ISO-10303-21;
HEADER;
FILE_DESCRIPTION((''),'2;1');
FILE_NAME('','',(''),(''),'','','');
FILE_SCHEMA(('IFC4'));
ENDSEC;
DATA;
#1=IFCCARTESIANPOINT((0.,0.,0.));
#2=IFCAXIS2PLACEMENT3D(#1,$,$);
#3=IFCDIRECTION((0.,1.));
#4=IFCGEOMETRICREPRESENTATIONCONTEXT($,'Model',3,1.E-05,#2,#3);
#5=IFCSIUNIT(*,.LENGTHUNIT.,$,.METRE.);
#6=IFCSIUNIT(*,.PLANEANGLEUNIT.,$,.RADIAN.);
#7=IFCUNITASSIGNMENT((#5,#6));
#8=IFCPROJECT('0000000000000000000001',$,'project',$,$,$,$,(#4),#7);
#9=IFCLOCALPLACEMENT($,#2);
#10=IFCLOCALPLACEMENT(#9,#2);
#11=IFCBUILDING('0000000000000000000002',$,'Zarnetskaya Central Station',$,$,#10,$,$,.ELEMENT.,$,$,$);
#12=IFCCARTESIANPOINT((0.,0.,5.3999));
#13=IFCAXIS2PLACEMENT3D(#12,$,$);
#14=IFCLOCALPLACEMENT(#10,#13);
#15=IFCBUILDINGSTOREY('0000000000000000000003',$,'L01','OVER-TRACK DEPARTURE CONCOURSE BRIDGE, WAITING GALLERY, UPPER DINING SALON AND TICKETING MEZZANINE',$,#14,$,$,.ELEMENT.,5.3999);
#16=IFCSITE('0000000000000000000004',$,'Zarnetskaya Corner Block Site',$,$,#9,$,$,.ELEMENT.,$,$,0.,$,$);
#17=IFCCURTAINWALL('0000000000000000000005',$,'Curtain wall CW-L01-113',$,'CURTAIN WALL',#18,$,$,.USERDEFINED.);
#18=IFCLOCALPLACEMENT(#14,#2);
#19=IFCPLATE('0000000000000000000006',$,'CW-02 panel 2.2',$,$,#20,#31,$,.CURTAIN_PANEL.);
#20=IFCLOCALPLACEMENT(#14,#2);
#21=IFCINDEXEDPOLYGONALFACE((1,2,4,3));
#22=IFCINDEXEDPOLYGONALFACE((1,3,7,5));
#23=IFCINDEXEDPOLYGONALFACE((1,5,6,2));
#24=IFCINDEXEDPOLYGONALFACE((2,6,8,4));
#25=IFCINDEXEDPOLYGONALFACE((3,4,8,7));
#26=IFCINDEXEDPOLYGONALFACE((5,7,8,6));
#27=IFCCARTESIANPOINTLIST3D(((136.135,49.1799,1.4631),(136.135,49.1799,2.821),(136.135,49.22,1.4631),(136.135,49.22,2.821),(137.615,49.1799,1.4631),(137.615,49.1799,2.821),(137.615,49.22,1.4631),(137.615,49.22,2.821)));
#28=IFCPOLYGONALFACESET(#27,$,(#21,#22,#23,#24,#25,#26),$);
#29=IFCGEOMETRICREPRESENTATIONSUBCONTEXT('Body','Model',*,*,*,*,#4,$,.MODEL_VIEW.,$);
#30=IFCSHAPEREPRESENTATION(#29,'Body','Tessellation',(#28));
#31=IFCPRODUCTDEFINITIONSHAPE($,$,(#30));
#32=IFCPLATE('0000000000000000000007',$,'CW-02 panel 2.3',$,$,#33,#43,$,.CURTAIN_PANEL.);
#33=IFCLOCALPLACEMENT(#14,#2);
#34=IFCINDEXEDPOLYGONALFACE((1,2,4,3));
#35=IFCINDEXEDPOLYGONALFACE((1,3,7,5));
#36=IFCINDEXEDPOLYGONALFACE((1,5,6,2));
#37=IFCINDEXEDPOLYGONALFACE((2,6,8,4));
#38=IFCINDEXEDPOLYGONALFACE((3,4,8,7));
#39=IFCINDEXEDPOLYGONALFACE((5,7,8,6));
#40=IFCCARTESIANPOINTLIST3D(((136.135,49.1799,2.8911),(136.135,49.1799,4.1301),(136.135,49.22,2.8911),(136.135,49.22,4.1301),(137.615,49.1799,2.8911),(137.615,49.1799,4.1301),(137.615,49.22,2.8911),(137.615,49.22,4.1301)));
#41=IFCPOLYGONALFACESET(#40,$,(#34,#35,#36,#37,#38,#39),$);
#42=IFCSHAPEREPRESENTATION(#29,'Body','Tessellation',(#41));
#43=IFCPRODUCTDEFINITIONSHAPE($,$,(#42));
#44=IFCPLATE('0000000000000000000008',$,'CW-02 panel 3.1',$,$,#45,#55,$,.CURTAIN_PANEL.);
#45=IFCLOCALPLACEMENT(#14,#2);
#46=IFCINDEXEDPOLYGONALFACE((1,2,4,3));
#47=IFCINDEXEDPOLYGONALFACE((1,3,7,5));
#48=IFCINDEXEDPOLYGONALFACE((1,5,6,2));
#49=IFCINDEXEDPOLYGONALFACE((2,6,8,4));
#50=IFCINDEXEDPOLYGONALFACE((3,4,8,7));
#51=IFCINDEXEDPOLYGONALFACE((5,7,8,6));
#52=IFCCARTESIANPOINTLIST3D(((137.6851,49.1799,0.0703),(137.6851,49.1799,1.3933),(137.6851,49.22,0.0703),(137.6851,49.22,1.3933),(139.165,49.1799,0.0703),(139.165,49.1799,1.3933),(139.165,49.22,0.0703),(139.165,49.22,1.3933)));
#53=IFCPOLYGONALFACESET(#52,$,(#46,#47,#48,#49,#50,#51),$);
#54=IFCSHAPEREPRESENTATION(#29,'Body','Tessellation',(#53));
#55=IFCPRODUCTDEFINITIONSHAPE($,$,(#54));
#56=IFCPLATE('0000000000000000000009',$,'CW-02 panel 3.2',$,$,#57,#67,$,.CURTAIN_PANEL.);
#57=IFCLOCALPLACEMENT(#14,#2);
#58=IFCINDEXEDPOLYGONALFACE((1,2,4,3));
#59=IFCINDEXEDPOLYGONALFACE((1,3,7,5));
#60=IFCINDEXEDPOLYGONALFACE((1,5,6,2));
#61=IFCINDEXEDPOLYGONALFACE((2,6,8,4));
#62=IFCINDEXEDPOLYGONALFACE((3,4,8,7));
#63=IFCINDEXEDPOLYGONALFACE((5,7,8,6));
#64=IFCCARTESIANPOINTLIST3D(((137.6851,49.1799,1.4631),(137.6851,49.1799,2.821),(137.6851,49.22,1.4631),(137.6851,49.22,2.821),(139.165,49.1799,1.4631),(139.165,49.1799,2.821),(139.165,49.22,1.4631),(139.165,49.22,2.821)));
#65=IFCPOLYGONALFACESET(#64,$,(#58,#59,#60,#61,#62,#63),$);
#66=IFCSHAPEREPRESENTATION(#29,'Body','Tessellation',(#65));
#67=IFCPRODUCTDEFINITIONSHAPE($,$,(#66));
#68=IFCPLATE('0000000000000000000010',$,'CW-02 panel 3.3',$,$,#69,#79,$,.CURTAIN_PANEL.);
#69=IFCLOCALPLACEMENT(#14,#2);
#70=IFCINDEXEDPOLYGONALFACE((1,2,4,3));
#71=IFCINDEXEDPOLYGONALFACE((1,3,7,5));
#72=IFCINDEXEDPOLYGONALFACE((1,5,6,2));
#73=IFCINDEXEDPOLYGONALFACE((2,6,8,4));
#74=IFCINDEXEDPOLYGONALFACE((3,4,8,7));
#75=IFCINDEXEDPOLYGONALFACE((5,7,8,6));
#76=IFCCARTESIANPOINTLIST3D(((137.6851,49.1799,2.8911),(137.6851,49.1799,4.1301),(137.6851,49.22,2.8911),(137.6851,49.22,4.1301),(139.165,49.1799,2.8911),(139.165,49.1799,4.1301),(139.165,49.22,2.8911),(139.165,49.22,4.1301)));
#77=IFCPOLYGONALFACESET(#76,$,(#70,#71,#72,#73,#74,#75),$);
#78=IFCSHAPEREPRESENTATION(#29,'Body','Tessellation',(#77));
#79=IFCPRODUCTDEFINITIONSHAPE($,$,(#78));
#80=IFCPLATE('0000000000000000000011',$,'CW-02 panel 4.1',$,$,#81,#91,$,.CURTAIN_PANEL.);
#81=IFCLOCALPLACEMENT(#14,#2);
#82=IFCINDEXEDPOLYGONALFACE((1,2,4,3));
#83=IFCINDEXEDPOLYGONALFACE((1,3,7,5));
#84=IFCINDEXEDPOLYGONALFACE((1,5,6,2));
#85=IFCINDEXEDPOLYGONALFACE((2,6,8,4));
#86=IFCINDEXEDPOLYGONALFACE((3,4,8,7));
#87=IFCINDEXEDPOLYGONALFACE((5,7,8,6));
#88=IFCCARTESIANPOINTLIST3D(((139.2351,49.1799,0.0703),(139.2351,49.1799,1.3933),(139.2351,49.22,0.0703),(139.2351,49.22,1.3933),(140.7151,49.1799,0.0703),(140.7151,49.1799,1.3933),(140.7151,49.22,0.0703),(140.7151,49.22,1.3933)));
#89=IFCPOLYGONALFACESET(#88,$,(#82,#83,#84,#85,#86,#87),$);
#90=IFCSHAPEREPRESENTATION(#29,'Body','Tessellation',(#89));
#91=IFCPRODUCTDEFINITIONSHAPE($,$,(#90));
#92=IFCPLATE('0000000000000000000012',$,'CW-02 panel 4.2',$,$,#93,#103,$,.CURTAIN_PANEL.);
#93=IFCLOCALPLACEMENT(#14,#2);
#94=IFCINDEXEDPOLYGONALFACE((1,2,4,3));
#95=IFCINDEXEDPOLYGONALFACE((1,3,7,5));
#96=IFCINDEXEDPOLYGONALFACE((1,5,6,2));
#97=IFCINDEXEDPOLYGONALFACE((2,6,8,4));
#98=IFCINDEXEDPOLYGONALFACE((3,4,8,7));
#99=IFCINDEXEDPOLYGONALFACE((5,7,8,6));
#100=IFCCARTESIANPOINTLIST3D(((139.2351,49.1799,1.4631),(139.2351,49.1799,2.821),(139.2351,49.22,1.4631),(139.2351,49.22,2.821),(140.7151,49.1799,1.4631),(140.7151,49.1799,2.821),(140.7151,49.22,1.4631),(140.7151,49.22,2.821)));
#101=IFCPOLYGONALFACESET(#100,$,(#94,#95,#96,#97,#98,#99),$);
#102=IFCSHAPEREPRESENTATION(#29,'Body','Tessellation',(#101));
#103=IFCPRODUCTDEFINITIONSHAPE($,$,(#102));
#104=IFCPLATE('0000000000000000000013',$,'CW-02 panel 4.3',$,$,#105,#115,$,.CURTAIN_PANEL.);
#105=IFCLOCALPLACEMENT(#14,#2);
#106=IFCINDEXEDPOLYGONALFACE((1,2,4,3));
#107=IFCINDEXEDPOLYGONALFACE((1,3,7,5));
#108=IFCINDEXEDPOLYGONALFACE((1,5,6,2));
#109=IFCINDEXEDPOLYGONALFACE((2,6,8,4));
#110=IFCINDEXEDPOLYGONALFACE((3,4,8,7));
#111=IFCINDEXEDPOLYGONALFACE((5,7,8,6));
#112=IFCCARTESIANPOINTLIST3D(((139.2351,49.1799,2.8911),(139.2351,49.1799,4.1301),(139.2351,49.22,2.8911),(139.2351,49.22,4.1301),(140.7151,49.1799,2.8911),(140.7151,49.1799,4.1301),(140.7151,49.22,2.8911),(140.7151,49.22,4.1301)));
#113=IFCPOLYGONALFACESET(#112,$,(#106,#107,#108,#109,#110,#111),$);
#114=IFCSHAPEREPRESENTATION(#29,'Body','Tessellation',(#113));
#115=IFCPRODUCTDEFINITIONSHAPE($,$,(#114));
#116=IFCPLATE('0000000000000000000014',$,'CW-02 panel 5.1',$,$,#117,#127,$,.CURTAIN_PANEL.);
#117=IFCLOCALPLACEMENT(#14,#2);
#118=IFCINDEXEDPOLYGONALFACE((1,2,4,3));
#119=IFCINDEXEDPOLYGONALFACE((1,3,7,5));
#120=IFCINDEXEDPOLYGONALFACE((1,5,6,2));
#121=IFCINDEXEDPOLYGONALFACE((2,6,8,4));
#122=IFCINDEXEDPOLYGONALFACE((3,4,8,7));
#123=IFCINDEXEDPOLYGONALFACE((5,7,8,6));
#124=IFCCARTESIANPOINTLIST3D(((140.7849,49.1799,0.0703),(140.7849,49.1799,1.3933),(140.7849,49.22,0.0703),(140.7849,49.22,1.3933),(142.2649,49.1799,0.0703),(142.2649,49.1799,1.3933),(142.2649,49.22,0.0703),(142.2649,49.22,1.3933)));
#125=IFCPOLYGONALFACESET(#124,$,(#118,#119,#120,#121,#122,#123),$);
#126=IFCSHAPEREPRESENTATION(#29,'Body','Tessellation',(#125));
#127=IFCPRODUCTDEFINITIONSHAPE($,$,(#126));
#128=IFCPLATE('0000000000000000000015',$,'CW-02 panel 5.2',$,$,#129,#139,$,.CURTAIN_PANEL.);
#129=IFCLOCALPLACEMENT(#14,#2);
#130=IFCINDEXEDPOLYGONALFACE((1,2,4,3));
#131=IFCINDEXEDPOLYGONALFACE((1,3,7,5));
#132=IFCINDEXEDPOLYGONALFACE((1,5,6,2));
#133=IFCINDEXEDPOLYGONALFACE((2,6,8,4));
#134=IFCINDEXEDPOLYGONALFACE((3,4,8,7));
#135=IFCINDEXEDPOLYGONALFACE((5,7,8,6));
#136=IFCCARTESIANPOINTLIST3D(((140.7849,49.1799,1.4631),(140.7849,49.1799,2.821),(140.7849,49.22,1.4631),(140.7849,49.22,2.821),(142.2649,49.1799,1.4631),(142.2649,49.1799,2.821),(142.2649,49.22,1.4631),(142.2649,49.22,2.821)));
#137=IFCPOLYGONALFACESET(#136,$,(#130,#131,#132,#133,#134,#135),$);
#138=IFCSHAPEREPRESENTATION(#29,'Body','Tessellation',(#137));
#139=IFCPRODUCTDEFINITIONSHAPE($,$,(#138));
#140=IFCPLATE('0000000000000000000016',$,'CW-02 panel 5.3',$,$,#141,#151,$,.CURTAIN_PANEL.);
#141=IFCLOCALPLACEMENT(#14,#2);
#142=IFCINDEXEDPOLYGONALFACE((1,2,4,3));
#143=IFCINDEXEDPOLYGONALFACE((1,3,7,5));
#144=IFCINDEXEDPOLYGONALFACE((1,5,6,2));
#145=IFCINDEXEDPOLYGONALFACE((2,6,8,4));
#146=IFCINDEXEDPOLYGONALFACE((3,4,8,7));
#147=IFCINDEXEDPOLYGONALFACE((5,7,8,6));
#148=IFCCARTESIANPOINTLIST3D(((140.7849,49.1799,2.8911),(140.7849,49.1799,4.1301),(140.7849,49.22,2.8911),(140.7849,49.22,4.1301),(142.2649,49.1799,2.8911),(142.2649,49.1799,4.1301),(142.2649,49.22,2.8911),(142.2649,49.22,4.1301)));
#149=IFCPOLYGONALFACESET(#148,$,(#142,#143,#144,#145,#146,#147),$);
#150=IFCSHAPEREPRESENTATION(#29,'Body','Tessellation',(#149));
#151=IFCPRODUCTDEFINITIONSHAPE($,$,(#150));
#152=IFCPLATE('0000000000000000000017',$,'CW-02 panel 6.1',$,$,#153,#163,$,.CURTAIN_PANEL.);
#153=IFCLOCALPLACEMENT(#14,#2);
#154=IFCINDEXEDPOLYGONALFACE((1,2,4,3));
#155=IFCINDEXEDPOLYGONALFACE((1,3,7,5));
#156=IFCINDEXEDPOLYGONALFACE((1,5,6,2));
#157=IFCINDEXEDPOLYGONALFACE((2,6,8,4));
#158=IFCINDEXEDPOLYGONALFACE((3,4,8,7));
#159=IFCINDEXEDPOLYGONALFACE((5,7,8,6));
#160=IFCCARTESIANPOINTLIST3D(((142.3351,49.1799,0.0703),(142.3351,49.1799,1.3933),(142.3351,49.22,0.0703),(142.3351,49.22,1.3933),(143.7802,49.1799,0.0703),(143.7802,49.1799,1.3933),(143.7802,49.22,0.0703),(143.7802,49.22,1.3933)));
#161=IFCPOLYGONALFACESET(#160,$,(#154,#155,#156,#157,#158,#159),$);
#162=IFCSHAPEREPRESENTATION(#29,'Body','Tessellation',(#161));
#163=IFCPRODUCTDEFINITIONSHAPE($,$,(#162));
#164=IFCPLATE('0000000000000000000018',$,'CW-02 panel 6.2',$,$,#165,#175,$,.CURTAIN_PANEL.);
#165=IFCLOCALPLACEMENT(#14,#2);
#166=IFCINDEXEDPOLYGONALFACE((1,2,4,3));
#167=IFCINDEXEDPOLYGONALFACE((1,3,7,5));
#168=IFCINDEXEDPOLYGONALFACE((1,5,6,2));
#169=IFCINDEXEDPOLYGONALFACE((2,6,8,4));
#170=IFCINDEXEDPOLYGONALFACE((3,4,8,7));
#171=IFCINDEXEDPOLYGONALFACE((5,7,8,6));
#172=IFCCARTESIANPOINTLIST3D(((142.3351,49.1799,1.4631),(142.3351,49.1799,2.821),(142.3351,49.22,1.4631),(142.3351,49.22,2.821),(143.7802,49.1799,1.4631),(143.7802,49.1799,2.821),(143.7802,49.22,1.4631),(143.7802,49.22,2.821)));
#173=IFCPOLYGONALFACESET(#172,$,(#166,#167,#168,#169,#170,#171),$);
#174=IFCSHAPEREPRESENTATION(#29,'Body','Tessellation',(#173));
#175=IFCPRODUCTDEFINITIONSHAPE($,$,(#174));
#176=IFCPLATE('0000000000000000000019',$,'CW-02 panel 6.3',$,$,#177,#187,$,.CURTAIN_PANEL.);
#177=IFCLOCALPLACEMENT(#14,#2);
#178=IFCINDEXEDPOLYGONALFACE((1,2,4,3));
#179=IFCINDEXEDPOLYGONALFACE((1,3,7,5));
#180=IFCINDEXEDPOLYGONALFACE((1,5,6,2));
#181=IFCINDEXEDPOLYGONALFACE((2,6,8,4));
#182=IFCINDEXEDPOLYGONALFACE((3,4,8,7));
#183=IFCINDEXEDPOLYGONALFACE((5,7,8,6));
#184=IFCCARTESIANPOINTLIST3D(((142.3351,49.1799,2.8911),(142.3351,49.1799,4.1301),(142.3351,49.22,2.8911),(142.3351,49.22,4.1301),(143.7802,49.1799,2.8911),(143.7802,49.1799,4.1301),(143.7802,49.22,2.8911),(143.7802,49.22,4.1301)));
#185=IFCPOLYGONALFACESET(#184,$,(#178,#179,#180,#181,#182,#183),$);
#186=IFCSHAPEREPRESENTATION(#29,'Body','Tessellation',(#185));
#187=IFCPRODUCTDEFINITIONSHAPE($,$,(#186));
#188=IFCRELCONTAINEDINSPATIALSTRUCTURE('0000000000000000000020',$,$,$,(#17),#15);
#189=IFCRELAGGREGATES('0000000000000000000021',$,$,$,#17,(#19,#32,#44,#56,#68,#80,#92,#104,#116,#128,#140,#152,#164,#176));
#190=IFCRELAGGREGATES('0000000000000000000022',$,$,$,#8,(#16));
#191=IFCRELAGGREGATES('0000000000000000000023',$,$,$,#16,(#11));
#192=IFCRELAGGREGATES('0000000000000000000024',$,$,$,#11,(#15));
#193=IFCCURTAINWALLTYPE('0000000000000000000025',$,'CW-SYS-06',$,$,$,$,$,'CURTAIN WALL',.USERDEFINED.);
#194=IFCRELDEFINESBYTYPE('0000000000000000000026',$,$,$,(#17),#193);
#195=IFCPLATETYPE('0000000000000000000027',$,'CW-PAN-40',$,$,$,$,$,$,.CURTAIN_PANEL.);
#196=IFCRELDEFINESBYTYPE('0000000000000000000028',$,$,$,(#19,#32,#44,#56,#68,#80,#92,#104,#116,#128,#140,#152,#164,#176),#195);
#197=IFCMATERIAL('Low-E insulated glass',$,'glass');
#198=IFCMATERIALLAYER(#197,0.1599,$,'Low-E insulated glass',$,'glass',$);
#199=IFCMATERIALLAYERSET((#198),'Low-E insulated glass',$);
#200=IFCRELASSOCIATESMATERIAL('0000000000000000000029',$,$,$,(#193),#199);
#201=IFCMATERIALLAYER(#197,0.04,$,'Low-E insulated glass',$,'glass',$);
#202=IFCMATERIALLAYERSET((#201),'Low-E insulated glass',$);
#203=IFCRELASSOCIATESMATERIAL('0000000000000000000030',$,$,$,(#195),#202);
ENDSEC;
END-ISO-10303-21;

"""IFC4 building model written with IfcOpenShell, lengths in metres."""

from ifc_helpers import new_model, si_unit, direction, frame, origin, origin_2d, place, context, subcontext, project, spatial, rectangle, extrude, material, layer, layer_set, type_object, element, aggregate, save


model = new_model("IFC4")

# Units and contexts
model_context = context("Model", 3, precision=1e-05, world=origin(), true_north=direction((0.0, 1.0)))
body_context = subcontext(model_context, "Body", "Model", "MODEL_VIEW")
ifc_project = project(units=[si_unit("LENGTHUNIT", "METRE"), si_unit("PLANEANGLEUNIT", "RADIAN")], contexts=[model_context])

# Site, building, storey
site_placement = place(None, origin())
site = spatial("IfcSite", under=ifc_project, at=site_placement, Name="Zarnetskaya Corner Block Site", CompositionType="ELEMENT", RefElevation=0.0)
building_placement = place(site_placement, origin())
building = spatial("IfcBuilding", under=site, at=building_placement, Name="Zarnetskaya Central Station", CompositionType="ELEMENT")
storey_placement = place(building_placement, frame((0.0, 0.0, 5.3999)))
storey = spatial("IfcBuildingStorey", under=building, at=storey_placement, Name="L01", Description="OVER-TRACK DEPARTURE CONCOURSE BRIDGE, WAITING GALLERY, UPPER DINING SALON AND TICKETING MEZZANINE", CompositionType="ELEMENT", Elevation=5.3999)

# Curtain wall
ifc_material_1 = material(Name="Low-E insulated glass", Category="glass")
ifc_layer_1 = layer(ifc_material_1, 0.1599, Name="Low-E insulated glass", Category="glass")
ifc_layer_set_1 = layer_set([ifc_layer_1], Name="Low-E insulated glass")
curtain_wall_type = type_object("IfcCurtainWallType", Name="CW-SYS-06", ElementType="CURTAIN WALL", PredefinedType="USERDEFINED", material=ifc_layer_set_1)
curtain_wall_placement = place(storey_placement, origin())
curtain_wall = element("IfcCurtainWall", 1, at=curtain_wall_placement, inside=storey, type_object=curtain_wall_type, Name="Curtain wall CW-L01-113", ObjectType="CURTAIN WALL", PredefinedType="USERDEFINED")

# Plates
ifc_layer_2 = layer(ifc_material_1, 0.04, Name="Low-E insulated glass", Category="glass")
ifc_layer_set_2 = layer_set([ifc_layer_2], Name="Low-E insulated glass")
plate_type = type_object("IfcPlateType", Name="CW-PAN-40", PredefinedType="CURTAIN_PANEL", material=ifc_layer_set_2)
plate_1_placement = place(storey_placement, frame((136.875, 49.2, 1.4631), z_axis=(0.0, 0.0, 1.0), x_axis=(1.0, 0.0, 0.0)))
plate_1 = element("IfcPlate", 2, at=plate_1_placement, type_object=plate_type, Name="CW-02 panel 2.2", PredefinedType="CURTAIN_PANEL", context=body_context, shape_type="SweptSolid", body=[
    extrude(rectangle(XDim=1.48, YDim=0.04, at=origin_2d()), origin(), (0.0, 0.0, 1.0), 1.3579),
])
plate_2_placement = place(storey_placement, frame((136.875, 49.2, 2.8911), z_axis=(0.0, 0.0, 1.0), x_axis=(1.0, 0.0, 0.0)))
plate_2 = element("IfcPlate", 3, at=plate_2_placement, type_object=plate_type, Name="CW-02 panel 2.3", PredefinedType="CURTAIN_PANEL", context=body_context, shape_type="SweptSolid", body=[
    extrude(rectangle(XDim=1.48, YDim=0.04, at=origin_2d()), origin(), (0.0, 0.0, 1.0), 1.239),
])
plate_3_placement = place(storey_placement, frame((138.425, 49.2, 0.0703), z_axis=(0.0, 0.0, 1.0), x_axis=(1.0, 0.0, 0.0)))
plate_3 = element("IfcPlate", 4, at=plate_3_placement, type_object=plate_type, Name="CW-02 panel 3.1", PredefinedType="CURTAIN_PANEL", context=body_context, shape_type="SweptSolid", body=[
    extrude(rectangle(XDim=1.48, YDim=0.04, at=origin_2d()), origin(), (0.0, 0.0, 1.0), 1.323),
])
plate_4_placement = place(storey_placement, frame((138.425, 49.2, 1.4631), z_axis=(0.0, 0.0, 1.0), x_axis=(1.0, 0.0, 0.0)))
plate_4 = element("IfcPlate", 5, at=plate_4_placement, type_object=plate_type, Name="CW-02 panel 3.2", PredefinedType="CURTAIN_PANEL", context=body_context, shape_type="SweptSolid", body=[
    extrude(rectangle(XDim=1.48, YDim=0.04, at=origin_2d()), origin(), (0.0, 0.0, 1.0), 1.3579),
])
plate_5_placement = place(storey_placement, frame((138.425, 49.2, 2.8911), z_axis=(0.0, 0.0, 1.0), x_axis=(1.0, 0.0, 0.0)))
plate_5 = element("IfcPlate", 6, at=plate_5_placement, type_object=plate_type, Name="CW-02 panel 3.3", PredefinedType="CURTAIN_PANEL", context=body_context, shape_type="SweptSolid", body=[
    extrude(rectangle(XDim=1.48, YDim=0.04, at=origin_2d()), origin(), (0.0, 0.0, 1.0), 1.239),
])
plate_6_placement = place(storey_placement, frame((139.9751, 49.2, 0.0703), z_axis=(0.0, 0.0, 1.0), x_axis=(1.0, 0.0, 0.0)))
plate_6 = element("IfcPlate", 7, at=plate_6_placement, type_object=plate_type, Name="CW-02 panel 4.1", PredefinedType="CURTAIN_PANEL", context=body_context, shape_type="SweptSolid", body=[
    extrude(rectangle(XDim=1.48, YDim=0.04, at=origin_2d()), origin(), (0.0, 0.0, 1.0), 1.323),
])
plate_7_placement = place(storey_placement, frame((139.9751, 49.2, 1.4631), z_axis=(0.0, 0.0, 1.0), x_axis=(1.0, 0.0, 0.0)))
plate_7 = element("IfcPlate", 8, at=plate_7_placement, type_object=plate_type, Name="CW-02 panel 4.2", PredefinedType="CURTAIN_PANEL", context=body_context, shape_type="SweptSolid", body=[
    extrude(rectangle(XDim=1.48, YDim=0.04, at=origin_2d()), origin(), (0.0, 0.0, 1.0), 1.3579),
])
plate_8_placement = place(storey_placement, frame((139.9751, 49.2, 2.8911), z_axis=(0.0, 0.0, 1.0), x_axis=(1.0, 0.0, 0.0)))
plate_8 = element("IfcPlate", 9, at=plate_8_placement, type_object=plate_type, Name="CW-02 panel 4.3", PredefinedType="CURTAIN_PANEL", context=body_context, shape_type="SweptSolid", body=[
    extrude(rectangle(XDim=1.48, YDim=0.04, at=origin_2d()), origin(), (0.0, 0.0, 1.0), 1.239),
])
plate_9_placement = place(storey_placement, frame((141.5249, 49.2, 0.0703), z_axis=(0.0, 0.0, 1.0), x_axis=(1.0, 0.0, 0.0)))
plate_9 = element("IfcPlate", 10, at=plate_9_placement, type_object=plate_type, Name="CW-02 panel 5.1", PredefinedType="CURTAIN_PANEL", context=body_context, shape_type="SweptSolid", body=[
    extrude(rectangle(XDim=1.48, YDim=0.04, at=origin_2d()), origin(), (0.0, 0.0, 1.0), 1.323),
])
plate_10_placement = place(storey_placement, frame((141.5249, 49.2, 1.4631), z_axis=(0.0, 0.0, 1.0), x_axis=(1.0, 0.0, 0.0)))
plate_10 = element("IfcPlate", 11, at=plate_10_placement, type_object=plate_type, Name="CW-02 panel 5.2", PredefinedType="CURTAIN_PANEL", context=body_context, shape_type="SweptSolid", body=[
    extrude(rectangle(XDim=1.48, YDim=0.04, at=origin_2d()), origin(), (0.0, 0.0, 1.0), 1.3579),
])
plate_11_placement = place(storey_placement, frame((141.5249, 49.2, 2.8911), z_axis=(0.0, 0.0, 1.0), x_axis=(1.0, 0.0, 0.0)))
plate_11 = element("IfcPlate", 12, at=plate_11_placement, type_object=plate_type, Name="CW-02 panel 5.3", PredefinedType="CURTAIN_PANEL", context=body_context, shape_type="SweptSolid", body=[
    extrude(rectangle(XDim=1.48, YDim=0.04, at=origin_2d()), origin(), (0.0, 0.0, 1.0), 1.239),
])
plate_12_placement = place(storey_placement, frame((143.0576, 49.2, 0.0703), z_axis=(0.0, 0.0, 1.0), x_axis=(1.0, 0.0, 0.0)))
plate_12 = element("IfcPlate", 13, at=plate_12_placement, type_object=plate_type, Name="CW-02 panel 6.1", PredefinedType="CURTAIN_PANEL", context=body_context, shape_type="SweptSolid", body=[
    extrude(rectangle(XDim=1.4451, YDim=0.04, at=origin_2d()), origin(), (0.0, 0.0, 1.0), 1.323),
])
plate_13_placement = place(storey_placement, frame((143.0576, 49.2, 1.4631), z_axis=(0.0, 0.0, 1.0), x_axis=(1.0, 0.0, 0.0)))
plate_13 = element("IfcPlate", 14, at=plate_13_placement, type_object=plate_type, Name="CW-02 panel 6.2", PredefinedType="CURTAIN_PANEL", context=body_context, shape_type="SweptSolid", body=[
    extrude(rectangle(XDim=1.4451, YDim=0.04, at=origin_2d()), origin(), (0.0, 0.0, 1.0), 1.3579),
])
plate_14_placement = place(storey_placement, frame((143.0576, 49.2, 2.8911), z_axis=(0.0, 0.0, 1.0), x_axis=(1.0, 0.0, 0.0)))
plate_14 = element("IfcPlate", 15, at=plate_14_placement, type_object=plate_type, Name="CW-02 panel 6.3", PredefinedType="CURTAIN_PANEL", context=body_context, shape_type="SweptSolid", body=[
    extrude(rectangle(XDim=1.4451, YDim=0.04, at=origin_2d()), origin(), (0.0, 0.0, 1.0), 1.239),
])
aggregate(curtain_wall, [plate_1, plate_2, plate_3, plate_4, plate_5, plate_6, plate_7, plate_8, plate_9, plate_10, plate_11, plate_12, plate_13, plate_14])

save(model, "model.ifc")
